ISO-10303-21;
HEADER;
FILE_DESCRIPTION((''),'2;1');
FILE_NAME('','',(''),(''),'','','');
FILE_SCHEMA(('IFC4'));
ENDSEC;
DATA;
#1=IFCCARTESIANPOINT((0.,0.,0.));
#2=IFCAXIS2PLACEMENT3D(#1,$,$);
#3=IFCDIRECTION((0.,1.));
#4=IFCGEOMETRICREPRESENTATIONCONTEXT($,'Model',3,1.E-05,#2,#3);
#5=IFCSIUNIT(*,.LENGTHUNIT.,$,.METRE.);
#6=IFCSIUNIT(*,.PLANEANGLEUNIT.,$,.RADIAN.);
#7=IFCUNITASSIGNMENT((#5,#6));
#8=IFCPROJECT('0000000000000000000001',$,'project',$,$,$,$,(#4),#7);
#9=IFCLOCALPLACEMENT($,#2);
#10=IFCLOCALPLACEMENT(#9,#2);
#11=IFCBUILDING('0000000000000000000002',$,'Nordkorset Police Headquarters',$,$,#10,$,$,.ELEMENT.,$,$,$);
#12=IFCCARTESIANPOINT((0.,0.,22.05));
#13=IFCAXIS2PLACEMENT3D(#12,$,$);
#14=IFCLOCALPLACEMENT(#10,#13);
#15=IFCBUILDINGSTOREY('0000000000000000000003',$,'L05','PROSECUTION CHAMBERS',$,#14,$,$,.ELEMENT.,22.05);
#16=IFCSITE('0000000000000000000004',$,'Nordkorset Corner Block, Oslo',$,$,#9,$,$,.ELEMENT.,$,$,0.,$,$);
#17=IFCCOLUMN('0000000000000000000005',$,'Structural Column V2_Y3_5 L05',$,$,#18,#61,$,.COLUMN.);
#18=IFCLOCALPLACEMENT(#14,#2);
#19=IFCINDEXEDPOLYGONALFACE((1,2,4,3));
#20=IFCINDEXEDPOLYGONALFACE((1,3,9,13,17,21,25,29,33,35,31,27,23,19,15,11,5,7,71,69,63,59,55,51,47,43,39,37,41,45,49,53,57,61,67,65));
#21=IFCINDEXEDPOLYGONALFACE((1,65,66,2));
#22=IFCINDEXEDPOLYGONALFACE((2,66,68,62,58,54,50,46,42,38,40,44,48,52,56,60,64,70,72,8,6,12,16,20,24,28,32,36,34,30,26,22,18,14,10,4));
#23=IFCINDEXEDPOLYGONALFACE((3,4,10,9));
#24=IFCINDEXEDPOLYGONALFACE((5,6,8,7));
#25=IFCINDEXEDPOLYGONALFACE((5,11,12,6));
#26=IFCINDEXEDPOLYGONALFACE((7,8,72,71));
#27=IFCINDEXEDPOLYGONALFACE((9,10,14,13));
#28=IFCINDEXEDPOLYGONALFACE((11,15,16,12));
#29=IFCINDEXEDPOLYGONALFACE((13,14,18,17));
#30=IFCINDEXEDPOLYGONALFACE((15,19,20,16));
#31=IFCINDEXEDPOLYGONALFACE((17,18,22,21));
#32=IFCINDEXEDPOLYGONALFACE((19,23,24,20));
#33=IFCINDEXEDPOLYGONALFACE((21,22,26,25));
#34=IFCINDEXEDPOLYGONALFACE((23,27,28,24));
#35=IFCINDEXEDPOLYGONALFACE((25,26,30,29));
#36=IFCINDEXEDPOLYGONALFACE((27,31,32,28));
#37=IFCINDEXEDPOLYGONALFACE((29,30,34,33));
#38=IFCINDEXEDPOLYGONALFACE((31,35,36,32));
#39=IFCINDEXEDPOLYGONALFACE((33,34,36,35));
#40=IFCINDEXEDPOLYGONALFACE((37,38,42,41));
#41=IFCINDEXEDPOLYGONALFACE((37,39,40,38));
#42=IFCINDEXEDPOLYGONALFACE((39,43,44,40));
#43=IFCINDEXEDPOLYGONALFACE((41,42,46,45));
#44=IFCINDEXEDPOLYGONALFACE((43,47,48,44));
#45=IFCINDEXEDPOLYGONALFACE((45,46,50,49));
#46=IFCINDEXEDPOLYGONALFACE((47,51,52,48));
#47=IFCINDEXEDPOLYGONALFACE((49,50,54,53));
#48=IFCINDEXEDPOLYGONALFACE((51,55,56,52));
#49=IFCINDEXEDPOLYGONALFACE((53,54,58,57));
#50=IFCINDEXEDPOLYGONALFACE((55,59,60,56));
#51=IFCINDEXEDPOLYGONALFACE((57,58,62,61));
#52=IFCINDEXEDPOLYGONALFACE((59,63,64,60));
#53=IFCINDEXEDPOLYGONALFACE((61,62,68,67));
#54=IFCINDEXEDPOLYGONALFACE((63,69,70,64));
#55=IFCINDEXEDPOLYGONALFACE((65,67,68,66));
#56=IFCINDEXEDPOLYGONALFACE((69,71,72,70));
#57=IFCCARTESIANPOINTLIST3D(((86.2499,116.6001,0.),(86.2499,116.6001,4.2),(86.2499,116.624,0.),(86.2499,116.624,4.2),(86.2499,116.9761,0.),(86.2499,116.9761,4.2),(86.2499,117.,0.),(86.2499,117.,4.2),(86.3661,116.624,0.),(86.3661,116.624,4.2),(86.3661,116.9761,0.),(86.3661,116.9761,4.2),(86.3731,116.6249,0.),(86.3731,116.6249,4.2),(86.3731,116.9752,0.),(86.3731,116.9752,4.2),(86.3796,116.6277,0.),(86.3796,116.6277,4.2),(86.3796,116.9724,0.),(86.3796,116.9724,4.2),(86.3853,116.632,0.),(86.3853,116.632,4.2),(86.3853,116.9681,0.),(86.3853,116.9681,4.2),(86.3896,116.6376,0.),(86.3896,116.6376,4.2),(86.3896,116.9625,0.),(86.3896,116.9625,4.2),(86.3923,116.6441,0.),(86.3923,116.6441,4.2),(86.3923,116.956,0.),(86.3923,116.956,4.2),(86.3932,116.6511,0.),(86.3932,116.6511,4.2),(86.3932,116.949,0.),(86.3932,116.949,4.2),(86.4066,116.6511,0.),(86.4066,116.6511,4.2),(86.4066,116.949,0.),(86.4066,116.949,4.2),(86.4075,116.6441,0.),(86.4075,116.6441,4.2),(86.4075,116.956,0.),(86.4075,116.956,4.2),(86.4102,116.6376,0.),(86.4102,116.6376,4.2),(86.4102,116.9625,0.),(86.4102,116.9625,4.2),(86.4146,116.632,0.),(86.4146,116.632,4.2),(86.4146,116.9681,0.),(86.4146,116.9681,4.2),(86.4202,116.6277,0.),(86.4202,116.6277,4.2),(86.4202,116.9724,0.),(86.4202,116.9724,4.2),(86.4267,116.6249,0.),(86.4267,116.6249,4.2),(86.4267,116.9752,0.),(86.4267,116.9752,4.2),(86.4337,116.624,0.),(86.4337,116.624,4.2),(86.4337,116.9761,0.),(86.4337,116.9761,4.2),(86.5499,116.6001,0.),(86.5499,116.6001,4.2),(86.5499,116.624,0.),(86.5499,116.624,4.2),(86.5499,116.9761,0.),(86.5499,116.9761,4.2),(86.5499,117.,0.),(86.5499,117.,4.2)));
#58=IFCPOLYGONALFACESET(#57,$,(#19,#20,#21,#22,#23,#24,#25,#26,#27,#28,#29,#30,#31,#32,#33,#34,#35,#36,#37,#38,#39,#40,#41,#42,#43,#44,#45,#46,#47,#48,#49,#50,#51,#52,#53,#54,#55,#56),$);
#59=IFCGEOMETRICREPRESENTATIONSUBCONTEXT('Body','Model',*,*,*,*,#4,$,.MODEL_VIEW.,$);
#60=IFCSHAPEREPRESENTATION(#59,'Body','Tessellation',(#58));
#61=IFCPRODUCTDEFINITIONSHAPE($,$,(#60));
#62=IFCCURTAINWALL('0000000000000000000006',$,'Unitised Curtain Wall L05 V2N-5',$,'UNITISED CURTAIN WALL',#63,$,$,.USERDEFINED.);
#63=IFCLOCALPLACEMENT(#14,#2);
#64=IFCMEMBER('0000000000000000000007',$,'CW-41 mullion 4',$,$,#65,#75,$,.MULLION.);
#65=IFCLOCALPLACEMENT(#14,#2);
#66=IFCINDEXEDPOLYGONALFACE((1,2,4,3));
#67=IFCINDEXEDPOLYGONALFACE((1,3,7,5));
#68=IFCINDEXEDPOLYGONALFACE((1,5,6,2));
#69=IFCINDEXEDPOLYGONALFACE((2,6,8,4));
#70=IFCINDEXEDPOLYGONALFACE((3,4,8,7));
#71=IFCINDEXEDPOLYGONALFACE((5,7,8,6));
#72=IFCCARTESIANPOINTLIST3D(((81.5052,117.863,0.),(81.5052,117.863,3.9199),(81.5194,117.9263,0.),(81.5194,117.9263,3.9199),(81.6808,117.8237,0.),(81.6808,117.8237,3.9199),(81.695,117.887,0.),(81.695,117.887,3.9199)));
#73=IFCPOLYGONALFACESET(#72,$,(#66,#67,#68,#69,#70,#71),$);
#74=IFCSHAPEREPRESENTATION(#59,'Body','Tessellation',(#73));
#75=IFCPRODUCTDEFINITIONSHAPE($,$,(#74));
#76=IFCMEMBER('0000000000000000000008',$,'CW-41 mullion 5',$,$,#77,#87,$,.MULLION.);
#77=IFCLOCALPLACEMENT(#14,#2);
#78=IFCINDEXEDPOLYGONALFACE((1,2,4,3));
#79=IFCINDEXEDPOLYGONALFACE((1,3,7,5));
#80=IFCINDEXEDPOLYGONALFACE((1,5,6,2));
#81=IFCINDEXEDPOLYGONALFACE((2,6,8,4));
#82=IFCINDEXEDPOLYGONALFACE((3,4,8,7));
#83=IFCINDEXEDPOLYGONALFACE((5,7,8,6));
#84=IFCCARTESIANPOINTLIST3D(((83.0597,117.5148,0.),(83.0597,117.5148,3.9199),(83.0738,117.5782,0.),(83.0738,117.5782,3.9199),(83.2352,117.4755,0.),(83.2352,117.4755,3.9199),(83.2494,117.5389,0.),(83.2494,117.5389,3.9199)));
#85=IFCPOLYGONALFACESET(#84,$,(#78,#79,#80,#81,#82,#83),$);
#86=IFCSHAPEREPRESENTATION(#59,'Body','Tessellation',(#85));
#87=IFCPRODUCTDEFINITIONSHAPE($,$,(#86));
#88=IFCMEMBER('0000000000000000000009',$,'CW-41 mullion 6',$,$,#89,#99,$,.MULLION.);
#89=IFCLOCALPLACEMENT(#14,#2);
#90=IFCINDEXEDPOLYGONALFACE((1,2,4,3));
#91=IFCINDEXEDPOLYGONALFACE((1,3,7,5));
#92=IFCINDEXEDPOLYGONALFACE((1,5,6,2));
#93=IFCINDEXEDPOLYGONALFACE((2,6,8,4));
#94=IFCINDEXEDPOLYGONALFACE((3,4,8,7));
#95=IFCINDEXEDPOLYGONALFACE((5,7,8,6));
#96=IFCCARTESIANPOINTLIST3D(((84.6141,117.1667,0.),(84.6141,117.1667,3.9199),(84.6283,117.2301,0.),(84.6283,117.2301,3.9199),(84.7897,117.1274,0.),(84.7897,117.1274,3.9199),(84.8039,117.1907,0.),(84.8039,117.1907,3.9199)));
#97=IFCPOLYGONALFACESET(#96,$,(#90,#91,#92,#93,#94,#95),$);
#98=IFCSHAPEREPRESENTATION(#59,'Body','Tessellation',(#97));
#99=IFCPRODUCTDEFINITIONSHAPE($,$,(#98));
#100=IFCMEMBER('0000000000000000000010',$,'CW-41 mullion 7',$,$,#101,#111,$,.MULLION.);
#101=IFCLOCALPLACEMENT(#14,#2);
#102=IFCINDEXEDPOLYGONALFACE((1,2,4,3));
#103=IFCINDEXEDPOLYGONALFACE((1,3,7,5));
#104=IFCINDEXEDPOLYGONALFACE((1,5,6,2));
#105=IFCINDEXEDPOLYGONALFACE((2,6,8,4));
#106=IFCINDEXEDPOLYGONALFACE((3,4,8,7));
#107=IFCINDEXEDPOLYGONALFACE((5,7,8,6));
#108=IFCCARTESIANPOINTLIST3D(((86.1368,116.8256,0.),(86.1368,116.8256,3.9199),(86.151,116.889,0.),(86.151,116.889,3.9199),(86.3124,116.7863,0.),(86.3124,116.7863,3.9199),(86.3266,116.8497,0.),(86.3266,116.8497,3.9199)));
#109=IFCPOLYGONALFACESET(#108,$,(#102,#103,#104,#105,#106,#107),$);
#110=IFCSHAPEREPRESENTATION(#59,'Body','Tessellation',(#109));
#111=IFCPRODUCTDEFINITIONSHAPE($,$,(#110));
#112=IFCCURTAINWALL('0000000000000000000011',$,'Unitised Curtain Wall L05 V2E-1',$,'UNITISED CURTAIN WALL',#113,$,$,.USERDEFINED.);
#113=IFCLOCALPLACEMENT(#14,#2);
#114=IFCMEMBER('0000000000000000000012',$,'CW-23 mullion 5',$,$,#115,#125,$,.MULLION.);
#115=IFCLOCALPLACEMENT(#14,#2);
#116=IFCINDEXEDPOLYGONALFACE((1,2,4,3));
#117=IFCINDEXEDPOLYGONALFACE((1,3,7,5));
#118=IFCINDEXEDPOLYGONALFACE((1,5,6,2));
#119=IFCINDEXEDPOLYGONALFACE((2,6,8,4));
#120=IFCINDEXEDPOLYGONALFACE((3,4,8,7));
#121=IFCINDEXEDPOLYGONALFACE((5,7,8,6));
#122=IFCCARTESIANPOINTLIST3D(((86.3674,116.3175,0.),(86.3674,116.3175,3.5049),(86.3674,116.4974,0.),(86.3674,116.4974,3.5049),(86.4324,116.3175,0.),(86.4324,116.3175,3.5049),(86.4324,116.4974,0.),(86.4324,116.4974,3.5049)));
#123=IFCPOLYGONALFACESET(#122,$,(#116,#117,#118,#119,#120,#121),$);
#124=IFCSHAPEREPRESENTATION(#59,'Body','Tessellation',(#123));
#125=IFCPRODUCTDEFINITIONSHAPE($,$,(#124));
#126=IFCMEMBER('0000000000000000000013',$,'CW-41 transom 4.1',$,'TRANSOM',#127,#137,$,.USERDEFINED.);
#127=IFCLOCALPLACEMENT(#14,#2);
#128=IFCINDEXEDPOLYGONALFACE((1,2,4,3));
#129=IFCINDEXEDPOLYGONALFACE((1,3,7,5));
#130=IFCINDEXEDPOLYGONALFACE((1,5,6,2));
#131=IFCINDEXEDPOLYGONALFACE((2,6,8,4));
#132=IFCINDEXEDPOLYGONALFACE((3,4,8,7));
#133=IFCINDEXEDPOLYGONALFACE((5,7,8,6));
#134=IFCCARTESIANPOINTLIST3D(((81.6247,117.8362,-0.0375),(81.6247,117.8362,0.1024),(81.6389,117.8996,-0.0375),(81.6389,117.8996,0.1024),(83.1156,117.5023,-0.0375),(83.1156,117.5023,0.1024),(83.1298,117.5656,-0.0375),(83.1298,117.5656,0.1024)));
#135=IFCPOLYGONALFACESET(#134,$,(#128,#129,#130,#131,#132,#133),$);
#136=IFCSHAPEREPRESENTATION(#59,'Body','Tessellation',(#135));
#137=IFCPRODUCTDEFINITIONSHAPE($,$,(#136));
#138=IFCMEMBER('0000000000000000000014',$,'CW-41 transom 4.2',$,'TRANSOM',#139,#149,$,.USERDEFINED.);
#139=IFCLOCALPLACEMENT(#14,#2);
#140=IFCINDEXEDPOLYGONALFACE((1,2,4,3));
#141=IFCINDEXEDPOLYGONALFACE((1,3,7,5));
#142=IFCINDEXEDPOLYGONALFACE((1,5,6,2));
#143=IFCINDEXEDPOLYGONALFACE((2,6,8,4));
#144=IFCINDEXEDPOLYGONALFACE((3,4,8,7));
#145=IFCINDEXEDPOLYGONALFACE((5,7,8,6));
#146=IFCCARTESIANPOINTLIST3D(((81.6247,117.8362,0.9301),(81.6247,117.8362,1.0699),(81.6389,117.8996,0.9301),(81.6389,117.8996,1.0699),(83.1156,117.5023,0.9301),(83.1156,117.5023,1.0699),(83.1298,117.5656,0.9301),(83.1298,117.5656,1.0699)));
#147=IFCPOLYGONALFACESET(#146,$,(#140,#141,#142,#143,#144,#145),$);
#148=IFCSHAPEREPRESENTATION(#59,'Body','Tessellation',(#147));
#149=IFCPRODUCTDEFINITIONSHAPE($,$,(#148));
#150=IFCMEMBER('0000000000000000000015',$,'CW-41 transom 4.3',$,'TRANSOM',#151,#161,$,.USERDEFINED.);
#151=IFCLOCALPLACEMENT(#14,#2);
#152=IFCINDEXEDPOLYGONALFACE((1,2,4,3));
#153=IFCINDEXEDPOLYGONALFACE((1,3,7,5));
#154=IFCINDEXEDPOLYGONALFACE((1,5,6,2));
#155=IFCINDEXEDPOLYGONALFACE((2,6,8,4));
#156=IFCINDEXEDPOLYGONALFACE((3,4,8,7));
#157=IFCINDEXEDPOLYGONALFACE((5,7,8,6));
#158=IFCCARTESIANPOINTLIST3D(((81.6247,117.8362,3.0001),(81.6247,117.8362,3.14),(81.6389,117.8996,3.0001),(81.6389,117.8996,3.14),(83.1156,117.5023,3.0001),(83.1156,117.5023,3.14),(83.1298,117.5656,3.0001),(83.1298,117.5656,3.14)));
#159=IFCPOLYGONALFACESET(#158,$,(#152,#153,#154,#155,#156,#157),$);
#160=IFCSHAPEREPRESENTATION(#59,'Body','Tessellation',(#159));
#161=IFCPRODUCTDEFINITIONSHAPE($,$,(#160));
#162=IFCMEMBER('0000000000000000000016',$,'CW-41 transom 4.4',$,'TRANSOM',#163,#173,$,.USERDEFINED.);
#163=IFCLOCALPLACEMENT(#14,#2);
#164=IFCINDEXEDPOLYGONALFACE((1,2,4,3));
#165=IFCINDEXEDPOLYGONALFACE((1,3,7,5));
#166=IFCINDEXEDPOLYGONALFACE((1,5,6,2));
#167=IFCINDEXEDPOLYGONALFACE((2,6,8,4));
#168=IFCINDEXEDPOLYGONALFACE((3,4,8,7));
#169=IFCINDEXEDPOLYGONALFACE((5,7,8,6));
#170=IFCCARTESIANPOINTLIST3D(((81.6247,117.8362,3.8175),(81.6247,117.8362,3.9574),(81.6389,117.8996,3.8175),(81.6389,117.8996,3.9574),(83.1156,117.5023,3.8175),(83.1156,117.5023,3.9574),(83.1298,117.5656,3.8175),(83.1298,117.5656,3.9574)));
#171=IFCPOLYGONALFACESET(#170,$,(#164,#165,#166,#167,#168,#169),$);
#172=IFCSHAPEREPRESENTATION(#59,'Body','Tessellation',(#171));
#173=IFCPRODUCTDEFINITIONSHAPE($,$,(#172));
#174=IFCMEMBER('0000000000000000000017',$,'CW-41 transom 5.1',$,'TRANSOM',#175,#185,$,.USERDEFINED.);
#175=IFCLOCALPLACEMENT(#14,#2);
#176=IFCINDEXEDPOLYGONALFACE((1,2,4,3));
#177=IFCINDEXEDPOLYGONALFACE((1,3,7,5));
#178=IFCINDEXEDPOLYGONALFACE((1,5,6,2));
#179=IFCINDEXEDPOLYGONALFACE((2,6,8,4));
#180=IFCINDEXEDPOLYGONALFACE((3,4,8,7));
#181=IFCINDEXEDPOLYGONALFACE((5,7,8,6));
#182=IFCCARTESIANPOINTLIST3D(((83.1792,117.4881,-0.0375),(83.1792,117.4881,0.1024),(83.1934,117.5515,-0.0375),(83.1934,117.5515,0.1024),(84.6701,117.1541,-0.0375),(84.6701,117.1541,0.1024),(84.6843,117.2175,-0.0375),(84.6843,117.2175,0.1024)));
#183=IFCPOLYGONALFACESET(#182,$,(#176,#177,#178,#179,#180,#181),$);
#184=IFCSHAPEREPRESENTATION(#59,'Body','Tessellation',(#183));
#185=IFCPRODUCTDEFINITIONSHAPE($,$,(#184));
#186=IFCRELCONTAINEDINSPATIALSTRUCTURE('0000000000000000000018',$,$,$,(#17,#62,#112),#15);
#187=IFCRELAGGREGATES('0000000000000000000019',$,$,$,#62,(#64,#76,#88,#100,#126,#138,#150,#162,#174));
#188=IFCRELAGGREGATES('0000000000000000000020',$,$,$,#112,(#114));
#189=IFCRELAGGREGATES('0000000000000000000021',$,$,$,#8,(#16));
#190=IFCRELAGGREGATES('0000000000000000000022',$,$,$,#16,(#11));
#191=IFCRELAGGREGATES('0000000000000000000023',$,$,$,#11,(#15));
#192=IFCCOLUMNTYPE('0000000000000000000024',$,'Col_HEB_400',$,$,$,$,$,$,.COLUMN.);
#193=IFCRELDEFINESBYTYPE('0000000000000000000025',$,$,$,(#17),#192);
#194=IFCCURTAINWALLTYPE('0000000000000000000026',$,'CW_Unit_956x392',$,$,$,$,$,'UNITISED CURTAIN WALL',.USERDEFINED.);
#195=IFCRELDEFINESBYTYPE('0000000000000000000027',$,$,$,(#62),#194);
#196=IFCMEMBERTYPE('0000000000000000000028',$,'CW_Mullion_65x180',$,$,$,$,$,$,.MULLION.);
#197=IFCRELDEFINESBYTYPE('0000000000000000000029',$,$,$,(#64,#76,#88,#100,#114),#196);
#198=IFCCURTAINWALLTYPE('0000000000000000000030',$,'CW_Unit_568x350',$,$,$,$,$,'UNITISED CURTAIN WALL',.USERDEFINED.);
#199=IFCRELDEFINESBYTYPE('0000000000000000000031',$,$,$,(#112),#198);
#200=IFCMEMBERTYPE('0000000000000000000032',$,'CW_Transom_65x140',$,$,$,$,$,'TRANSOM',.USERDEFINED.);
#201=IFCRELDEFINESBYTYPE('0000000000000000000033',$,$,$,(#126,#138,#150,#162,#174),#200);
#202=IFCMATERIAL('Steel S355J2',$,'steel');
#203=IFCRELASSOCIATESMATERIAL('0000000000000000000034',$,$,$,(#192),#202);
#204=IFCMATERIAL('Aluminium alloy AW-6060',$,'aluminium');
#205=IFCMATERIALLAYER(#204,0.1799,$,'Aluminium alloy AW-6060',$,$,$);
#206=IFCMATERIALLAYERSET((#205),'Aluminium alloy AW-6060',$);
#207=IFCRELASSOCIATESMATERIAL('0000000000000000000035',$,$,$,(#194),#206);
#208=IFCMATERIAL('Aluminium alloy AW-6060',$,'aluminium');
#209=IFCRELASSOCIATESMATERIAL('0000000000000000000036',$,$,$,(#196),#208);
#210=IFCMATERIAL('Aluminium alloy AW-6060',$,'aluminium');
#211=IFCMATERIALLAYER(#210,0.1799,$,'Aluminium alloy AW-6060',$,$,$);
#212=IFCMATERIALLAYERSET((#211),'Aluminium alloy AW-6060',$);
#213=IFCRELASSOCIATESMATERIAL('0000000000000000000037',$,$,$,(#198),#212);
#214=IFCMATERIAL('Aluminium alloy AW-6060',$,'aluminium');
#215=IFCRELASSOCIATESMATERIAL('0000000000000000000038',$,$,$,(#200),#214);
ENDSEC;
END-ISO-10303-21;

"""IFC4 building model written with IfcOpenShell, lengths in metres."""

from ifc_helpers import new_model, si_unit, direction, frame, origin, origin_2d, place, context, subcontext, project, spatial, rectangle, i_section, extrude, material, layer, layer_set, material_profile, profile_set, type_object, element, aggregate, save


model = new_model("IFC4")

# Units and contexts
model_context = context("Model", 3, precision=1e-05, world=origin(), true_north=direction((0.0, 1.0)))
body_context = subcontext(model_context, "Body", "Model", "MODEL_VIEW")
ifc_project = project(units=[si_unit("LENGTHUNIT", "METRE"), si_unit("PLANEANGLEUNIT", "RADIAN")], contexts=[model_context])

# Site, building, storey
site_placement = place(None, origin())
site = spatial("IfcSite", under=ifc_project, at=site_placement, Name="Nordkorset Corner Block, Oslo", CompositionType="ELEMENT", RefElevation=0.0)
building_placement = place(site_placement, origin())
building = spatial("IfcBuilding", under=site, at=building_placement, Name="Nordkorset Police Headquarters", CompositionType="ELEMENT")
storey_placement = place(building_placement, frame((0.0, 0.0, 22.05)))
storey = spatial("IfcBuildingStorey", under=building, at=storey_placement, Name="L05", Description="PROSECUTION CHAMBERS", CompositionType="ELEMENT", Elevation=22.05)

# Column
ifc_material_1 = material(Name="Steel S355J2", Category="steel")
ifc_material_profile_1 = material_profile(ifc_material_1, i_section(OverallWidth=0.3, OverallDepth=0.3999, WebThickness=0.0134, FlangeThickness=0.0239, FilletRadius=0.0271, at=origin_2d()), Name="HEB 400")
ifc_profile_set_1 = profile_set([ifc_material_profile_1], Name="Steel S355J2")
column_type = type_object("IfcColumnType", Name="Col_HEB_400", PredefinedType="COLUMN", material=ifc_profile_set_1)
column_placement = place(storey_placement, frame((86.3999, 116.8, 0.0), z_axis=(0.0, 0.0, 1.0), x_axis=(1.0, 0.0, 0.0)))
element("IfcColumn", 1, at=column_placement, inside=storey, type_object=column_type, Name="Structural Column V2_Y3_5 L05", PredefinedType="COLUMN", context=body_context, shape_type="SweptSolid", body=[
    extrude(i_section(OverallWidth=0.3, OverallDepth=0.3999, WebThickness=0.0134, FlangeThickness=0.0239, FilletRadius=0.0271, at=origin_2d()), origin(), (0.0, 0.0, 1.0), 4.2),
])

# Curtain wall, members
ifc_material_2 = material(Name="Aluminium alloy AW-6060", Category="aluminium")
ifc_layer_1 = layer(ifc_material_2, 0.1799, Name="Aluminium alloy AW-6060")
ifc_layer_set_1 = layer_set([ifc_layer_1], Name="Aluminium alloy AW-6060")
curtain_wall_type_1 = type_object("IfcCurtainWallType", Name="CW_Unit_956x392", ElementType="UNITISED CURTAIN WALL", PredefinedType="USERDEFINED", material=ifc_layer_set_1)
curtain_wall_1_placement = place(storey_placement, origin())
curtain_wall_1 = element("IfcCurtainWall", 2, at=curtain_wall_1_placement, inside=storey, type_object=curtain_wall_type_1, Name="Unitised Curtain Wall L05 V2N-5", ObjectType="UNITISED CURTAIN WALL", PredefinedType="USERDEFINED")
ifc_material_3 = material(Name="Aluminium alloy AW-6060", Category="aluminium")
ifc_material_profile_2 = material_profile(ifc_material_3, rectangle(XDim=0.0649, YDim=0.1799, at=origin_2d()), Name="ALU MULL 65x180")
ifc_profile_set_2 = profile_set([ifc_material_profile_2], Name="Aluminium alloy AW-6060")
member_type_1 = type_object("IfcMemberType", Name="CW_Mullion_65x180", PredefinedType="MULLION", material=ifc_profile_set_2)
member_1_placement = place(storey_placement, frame((81.6001, 117.875, 0.0), z_axis=(0.0, 0.0, 1.0), x_axis=(0.218544, 0.975827, 0.0)))
member_1 = element("IfcMember", 3, at=member_1_placement, type_object=member_type_1, Name="CW-41 mullion 4", PredefinedType="MULLION", context=body_context, shape_type="SweptSolid", body=[
    extrude(rectangle(XDim=0.0649, YDim=0.1799, at=origin_2d()), origin(), (0.0, 0.0, 1.0), 3.9199),
])
member_2_placement = place(storey_placement, frame((83.1545, 117.5269, 0.0), z_axis=(0.0, 0.0, 1.0), x_axis=(0.218544, 0.975827, 0.0)))
member_2 = element("IfcMember", 4, at=member_2_placement, type_object=member_type_1, Name="CW-41 mullion 5", PredefinedType="MULLION", context=body_context, shape_type="SweptSolid", body=[
    extrude(rectangle(XDim=0.0649, YDim=0.1799, at=origin_2d()), origin(), (0.0, 0.0, 1.0), 3.9199),
])
member_3_placement = place(storey_placement, frame((84.709, 117.1787, 0.0), z_axis=(0.0, 0.0, 1.0), x_axis=(0.218544, 0.975827, 0.0)))
member_3 = element("IfcMember", 5, at=member_3_placement, type_object=member_type_1, Name="CW-41 mullion 6", PredefinedType="MULLION", context=body_context, shape_type="SweptSolid", body=[
    extrude(rectangle(XDim=0.0649, YDim=0.1799, at=origin_2d()), origin(), (0.0, 0.0, 1.0), 3.9199),
])
member_4_placement = place(storey_placement, frame((86.2317, 116.8376, 0.0), z_axis=(0.0, 0.0, 1.0), x_axis=(0.218544, 0.975827, 0.0)))
member_4 = element("IfcMember", 6, at=member_4_placement, type_object=member_type_1, Name="CW-41 mullion 7", PredefinedType="MULLION", context=body_context, shape_type="SweptSolid", body=[
    extrude(rectangle(XDim=0.0649, YDim=0.1799, at=origin_2d()), origin(), (0.0, 0.0, 1.0), 3.9199),
])

# Curtain wall, member
ifc_material_4 = material(Name="Aluminium alloy AW-6060", Category="aluminium")
ifc_layer_2 = layer(ifc_material_4, 0.1799, Name="Aluminium alloy AW-6060")
ifc_layer_set_2 = layer_set([ifc_layer_2], Name="Aluminium alloy AW-6060")
curtain_wall_type_2 = type_object("IfcCurtainWallType", Name="CW_Unit_568x350", ElementType="UNITISED CURTAIN WALL", PredefinedType="USERDEFINED", material=ifc_layer_set_2)
curtain_wall_2_placement = place(storey_placement, origin())
curtain_wall_2 = element("IfcCurtainWall", 7, at=curtain_wall_2_placement, inside=storey, type_object=curtain_wall_type_2, Name="Unitised Curtain Wall L05 V2E-1", ObjectType="UNITISED CURTAIN WALL", PredefinedType="USERDEFINED")
member_5_placement = place(storey_placement, frame((86.3999, 116.4075, 0.0), z_axis=(0.0, 0.0, 1.0), x_axis=(-1.0, 0.0, 0.0)))
member_5 = element("IfcMember", 8, at=member_5_placement, type_object=member_type_1, Name="CW-23 mullion 5", PredefinedType="MULLION", context=body_context, shape_type="SweptSolid", body=[
    extrude(rectangle(XDim=0.0649, YDim=0.1799, at=origin_2d()), origin(), (0.0, 0.0, 1.0), 3.5049),
])

# Members
ifc_material_5 = material(Name="Aluminium alloy AW-6060", Category="aluminium")
ifc_material_profile_3 = material_profile(ifc_material_5, rectangle(XDim=0.0649, YDim=0.1399, at=origin_2d()), Name="ALU TRAN 65x140")
ifc_profile_set_3 = profile_set([ifc_material_profile_3], Name="Aluminium alloy AW-6060")
member_type_2 = type_object("IfcMemberType", Name="CW_Transom_65x140", ElementType="TRANSOM", PredefinedType="USERDEFINED", material=ifc_profile_set_3)
member_6_placement = place(storey_placement, frame((81.6318, 117.8679, 0.0325), z_axis=(0.975817, -0.218588, 0.0), x_axis=(0.218588, 0.975817, 0.0)))
member_6 = element("IfcMember", 9, at=member_6_placement, type_object=member_type_2, Name="CW-41 transom 4.1", ObjectType="TRANSOM", PredefinedType="USERDEFINED", context=body_context, shape_type="SweptSolid", body=[
    extrude(rectangle(XDim=0.0649, YDim=0.1399, at=origin_2d()), origin(), (0.0, 0.0, 1.0), 1.5278),
])
member_7_placement = place(storey_placement, frame((81.6318, 117.8679, 1.0), z_axis=(0.975817, -0.218588, 0.0), x_axis=(0.218588, 0.975817, 0.0)))
member_7 = element("IfcMember", 10, at=member_7_placement, type_object=member_type_2, Name="CW-41 transom 4.2", ObjectType="TRANSOM", PredefinedType="USERDEFINED", context=body_context, shape_type="SweptSolid", body=[
    extrude(rectangle(XDim=0.0649, YDim=0.1399, at=origin_2d()), origin(), (0.0, 0.0, 1.0), 1.5278),
])
member_8_placement = place(storey_placement, frame((81.6318, 117.8679, 3.0701), z_axis=(0.975817, -0.218588, 0.0), x_axis=(0.218588, 0.975817, 0.0)))
member_8 = element("IfcMember", 11, at=member_8_placement, type_object=member_type_2, Name="CW-41 transom 4.3", ObjectType="TRANSOM", PredefinedType="USERDEFINED", context=body_context, shape_type="SweptSolid", body=[
    extrude(rectangle(XDim=0.0649, YDim=0.1399, at=origin_2d()), origin(), (0.0, 0.0, 1.0), 1.5278),
])
member_9_placement = place(storey_placement, frame((81.6318, 117.8679, 3.8875), z_axis=(0.975817, -0.218588, 0.0), x_axis=(0.218588, 0.975817, 0.0)))
member_9 = element("IfcMember", 12, at=member_9_placement, type_object=member_type_2, Name="CW-41 transom 4.4", ObjectType="TRANSOM", PredefinedType="USERDEFINED", context=body_context, shape_type="SweptSolid", body=[
    extrude(rectangle(XDim=0.0649, YDim=0.1399, at=origin_2d()), origin(), (0.0, 0.0, 1.0), 1.5278),
])
member_10_placement = place(storey_placement, frame((83.1863, 117.5198, 0.0325), z_axis=(0.975817, -0.218588, 0.0), x_axis=(0.218588, 0.975817, 0.0)))
member_10 = element("IfcMember", 13, at=member_10_placement, type_object=member_type_2, Name="CW-41 transom 5.1", ObjectType="TRANSOM", PredefinedType="USERDEFINED", context=body_context, shape_type="SweptSolid", body=[
    extrude(rectangle(XDim=0.0649, YDim=0.1399, at=origin_2d()), origin(), (0.0, 0.0, 1.0), 1.5278),
])

aggregate(curtain_wall_1, [member_1, member_2, member_3, member_4, member_6, member_7, member_8, member_9, member_10])
aggregate(curtain_wall_2, [member_5])

save(model, "model.ifc")
